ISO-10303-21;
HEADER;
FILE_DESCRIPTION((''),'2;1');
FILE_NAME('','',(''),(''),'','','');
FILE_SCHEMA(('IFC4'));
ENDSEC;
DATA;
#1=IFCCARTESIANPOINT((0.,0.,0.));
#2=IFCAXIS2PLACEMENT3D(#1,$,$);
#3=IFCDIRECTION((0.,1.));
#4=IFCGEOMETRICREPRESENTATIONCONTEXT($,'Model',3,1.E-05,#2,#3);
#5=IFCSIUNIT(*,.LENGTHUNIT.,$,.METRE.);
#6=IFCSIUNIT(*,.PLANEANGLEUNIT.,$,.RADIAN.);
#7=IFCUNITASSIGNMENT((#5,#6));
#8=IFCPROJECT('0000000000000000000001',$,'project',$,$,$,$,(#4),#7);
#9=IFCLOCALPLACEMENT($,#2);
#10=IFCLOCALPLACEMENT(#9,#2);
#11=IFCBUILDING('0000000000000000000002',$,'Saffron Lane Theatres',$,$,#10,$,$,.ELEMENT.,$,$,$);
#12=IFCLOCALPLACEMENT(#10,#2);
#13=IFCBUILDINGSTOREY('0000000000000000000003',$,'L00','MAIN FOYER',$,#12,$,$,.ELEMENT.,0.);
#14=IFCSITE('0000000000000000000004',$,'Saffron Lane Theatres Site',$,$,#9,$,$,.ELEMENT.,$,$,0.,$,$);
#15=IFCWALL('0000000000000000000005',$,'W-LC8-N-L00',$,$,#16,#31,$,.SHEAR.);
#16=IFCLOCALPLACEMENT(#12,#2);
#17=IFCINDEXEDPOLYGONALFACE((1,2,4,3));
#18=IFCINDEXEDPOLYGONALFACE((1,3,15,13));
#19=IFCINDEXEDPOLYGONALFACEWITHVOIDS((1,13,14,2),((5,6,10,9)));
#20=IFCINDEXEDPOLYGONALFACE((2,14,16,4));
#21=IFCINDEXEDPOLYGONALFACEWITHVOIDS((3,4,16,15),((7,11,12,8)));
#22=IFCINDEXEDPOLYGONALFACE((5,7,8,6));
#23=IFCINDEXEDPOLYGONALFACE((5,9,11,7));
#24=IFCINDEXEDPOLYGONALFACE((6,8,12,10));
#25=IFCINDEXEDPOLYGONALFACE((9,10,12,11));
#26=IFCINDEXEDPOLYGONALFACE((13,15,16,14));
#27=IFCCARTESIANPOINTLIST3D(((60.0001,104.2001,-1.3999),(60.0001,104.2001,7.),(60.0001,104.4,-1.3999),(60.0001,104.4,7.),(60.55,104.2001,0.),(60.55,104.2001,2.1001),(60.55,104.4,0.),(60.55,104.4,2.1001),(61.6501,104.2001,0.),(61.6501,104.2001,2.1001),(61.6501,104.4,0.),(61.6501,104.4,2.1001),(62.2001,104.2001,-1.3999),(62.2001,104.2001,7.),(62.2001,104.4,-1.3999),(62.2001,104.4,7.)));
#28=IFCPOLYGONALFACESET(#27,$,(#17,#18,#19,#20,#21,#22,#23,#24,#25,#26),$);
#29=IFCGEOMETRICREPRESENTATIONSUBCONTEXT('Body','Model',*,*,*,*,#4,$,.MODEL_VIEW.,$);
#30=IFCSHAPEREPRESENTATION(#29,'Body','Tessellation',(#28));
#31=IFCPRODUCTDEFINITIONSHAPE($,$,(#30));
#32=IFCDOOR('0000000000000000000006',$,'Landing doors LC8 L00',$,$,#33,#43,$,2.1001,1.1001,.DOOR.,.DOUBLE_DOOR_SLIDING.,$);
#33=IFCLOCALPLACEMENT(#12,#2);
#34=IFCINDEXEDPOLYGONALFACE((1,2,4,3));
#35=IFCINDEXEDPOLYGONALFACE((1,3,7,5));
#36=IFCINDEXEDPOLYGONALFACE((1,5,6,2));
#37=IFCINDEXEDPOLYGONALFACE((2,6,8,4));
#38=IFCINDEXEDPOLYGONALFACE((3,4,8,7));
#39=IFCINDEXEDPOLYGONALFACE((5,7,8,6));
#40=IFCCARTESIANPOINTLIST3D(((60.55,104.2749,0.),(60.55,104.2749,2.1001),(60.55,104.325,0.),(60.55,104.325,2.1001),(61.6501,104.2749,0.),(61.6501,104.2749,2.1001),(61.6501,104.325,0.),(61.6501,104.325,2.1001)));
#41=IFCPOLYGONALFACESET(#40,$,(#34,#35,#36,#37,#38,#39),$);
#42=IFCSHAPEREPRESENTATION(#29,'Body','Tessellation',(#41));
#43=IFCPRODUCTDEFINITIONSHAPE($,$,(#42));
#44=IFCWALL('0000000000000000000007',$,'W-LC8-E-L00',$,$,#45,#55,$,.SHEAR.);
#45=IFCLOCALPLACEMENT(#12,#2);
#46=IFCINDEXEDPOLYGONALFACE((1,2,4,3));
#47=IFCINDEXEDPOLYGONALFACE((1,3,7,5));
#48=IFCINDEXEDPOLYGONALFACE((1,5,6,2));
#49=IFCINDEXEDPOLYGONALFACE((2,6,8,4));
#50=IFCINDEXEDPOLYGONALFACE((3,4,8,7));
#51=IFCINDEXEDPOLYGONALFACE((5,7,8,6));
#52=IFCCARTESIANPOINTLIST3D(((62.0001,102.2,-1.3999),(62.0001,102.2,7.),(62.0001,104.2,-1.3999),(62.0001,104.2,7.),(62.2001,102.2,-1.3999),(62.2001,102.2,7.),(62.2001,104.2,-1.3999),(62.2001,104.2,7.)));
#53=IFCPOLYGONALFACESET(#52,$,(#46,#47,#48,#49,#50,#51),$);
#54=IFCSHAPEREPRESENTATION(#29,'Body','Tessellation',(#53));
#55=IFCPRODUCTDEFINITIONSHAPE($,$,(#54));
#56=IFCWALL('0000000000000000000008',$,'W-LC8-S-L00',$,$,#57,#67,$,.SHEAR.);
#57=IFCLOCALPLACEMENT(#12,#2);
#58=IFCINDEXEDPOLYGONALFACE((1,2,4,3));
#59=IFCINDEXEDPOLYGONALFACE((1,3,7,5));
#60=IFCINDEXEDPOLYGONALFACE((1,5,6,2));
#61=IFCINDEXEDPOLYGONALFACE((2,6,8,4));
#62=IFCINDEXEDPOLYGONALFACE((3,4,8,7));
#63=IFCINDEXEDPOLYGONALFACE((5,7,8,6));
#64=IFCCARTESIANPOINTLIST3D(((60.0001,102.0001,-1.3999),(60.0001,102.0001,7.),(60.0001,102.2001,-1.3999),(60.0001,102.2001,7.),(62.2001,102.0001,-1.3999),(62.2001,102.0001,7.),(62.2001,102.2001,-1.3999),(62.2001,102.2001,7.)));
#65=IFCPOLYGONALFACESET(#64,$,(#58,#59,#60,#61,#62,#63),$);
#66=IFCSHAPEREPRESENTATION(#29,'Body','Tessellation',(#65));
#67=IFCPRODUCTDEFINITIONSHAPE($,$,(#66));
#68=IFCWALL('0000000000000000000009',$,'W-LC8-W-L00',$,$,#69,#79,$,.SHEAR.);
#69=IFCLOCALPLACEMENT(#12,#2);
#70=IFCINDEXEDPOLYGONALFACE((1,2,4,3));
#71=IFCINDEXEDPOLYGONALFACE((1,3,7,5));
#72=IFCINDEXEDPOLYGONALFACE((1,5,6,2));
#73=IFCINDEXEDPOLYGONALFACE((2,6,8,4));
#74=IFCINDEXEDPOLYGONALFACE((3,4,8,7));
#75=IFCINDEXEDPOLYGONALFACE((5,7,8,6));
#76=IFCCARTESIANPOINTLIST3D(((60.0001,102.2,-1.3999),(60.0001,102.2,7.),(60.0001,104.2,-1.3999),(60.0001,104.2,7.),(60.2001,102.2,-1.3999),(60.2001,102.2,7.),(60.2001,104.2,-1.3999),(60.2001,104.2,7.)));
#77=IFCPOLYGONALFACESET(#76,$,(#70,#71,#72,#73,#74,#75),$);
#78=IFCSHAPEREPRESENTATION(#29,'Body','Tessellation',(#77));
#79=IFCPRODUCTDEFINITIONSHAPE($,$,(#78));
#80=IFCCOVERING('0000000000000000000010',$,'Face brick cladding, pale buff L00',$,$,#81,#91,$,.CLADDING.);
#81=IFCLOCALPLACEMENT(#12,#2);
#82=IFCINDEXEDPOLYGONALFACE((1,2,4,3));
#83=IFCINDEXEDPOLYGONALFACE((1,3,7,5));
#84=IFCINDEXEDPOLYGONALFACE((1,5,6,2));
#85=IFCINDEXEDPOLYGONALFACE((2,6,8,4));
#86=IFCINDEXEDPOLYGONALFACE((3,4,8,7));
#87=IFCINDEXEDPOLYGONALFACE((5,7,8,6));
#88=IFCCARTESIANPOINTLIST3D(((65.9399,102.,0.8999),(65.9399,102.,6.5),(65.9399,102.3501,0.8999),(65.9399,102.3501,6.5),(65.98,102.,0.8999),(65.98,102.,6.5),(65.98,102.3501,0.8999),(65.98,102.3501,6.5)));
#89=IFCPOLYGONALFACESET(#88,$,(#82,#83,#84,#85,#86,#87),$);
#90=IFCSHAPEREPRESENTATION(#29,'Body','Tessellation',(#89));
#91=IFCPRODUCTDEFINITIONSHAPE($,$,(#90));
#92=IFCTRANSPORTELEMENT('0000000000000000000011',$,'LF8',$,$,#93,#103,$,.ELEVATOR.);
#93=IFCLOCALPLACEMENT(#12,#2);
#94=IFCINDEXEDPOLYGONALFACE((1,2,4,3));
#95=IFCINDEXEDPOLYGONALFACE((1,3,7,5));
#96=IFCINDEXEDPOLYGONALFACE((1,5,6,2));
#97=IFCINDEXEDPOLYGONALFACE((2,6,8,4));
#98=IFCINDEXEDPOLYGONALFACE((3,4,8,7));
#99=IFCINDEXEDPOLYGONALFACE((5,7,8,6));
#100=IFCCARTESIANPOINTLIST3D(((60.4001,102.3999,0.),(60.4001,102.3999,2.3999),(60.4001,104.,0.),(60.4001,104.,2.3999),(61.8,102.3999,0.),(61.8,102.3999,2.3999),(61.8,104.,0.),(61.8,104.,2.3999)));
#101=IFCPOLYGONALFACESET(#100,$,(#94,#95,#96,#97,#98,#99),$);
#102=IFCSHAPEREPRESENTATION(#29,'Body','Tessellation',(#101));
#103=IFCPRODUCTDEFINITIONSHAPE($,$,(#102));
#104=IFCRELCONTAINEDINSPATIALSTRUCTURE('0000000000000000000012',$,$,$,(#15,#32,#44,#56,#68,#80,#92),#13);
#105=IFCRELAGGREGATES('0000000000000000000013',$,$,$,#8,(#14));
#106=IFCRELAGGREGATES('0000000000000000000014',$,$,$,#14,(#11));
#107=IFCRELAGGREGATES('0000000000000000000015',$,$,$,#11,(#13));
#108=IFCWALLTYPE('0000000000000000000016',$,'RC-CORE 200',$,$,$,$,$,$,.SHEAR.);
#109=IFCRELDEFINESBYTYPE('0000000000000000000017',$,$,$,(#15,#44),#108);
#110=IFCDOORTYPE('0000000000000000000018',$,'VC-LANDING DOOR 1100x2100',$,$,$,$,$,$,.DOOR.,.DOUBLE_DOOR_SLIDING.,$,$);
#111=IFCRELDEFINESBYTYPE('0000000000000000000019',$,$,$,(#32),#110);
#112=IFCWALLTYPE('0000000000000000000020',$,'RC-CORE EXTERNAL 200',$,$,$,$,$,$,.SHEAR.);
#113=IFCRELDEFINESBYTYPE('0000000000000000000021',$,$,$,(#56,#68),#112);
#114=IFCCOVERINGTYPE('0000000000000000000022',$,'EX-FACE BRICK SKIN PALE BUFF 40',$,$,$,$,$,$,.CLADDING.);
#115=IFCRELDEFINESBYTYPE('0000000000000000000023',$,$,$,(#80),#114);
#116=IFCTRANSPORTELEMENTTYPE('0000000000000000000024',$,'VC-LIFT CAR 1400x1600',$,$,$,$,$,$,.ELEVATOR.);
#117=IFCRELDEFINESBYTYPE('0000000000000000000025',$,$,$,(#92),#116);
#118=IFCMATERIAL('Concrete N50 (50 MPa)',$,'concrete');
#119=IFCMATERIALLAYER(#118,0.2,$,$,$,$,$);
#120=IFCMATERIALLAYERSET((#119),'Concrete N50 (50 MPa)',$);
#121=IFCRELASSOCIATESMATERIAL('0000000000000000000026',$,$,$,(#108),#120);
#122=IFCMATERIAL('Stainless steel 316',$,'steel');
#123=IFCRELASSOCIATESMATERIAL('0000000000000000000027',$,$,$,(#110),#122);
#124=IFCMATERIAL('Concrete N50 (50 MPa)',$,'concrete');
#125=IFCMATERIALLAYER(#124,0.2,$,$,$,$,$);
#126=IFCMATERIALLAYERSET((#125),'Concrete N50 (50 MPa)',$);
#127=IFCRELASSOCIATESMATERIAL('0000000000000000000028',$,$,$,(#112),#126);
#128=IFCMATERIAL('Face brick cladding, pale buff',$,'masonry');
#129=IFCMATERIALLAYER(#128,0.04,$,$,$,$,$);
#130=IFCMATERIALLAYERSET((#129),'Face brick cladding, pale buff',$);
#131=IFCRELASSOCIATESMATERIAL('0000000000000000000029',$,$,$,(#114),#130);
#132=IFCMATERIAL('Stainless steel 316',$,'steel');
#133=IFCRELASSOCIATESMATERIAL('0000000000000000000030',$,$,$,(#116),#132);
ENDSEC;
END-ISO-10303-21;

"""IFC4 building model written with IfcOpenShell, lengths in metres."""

from ifc_helpers import new_model, si_unit, direction, frame, frame_2d, origin, origin_2d, place, context, subcontext, project, spatial, rectangle, extrude, material, layer, layer_set, type_object, element, fill, save


model = new_model("IFC4")

# Units and contexts
model_context = context("Model", 3, precision=1e-05, world=origin(), true_north=direction((0.0, 1.0)))
body_context = subcontext(model_context, "Body", "Model", "MODEL_VIEW")
ifc_project = project(units=[si_unit("LENGTHUNIT", "METRE"), si_unit("PLANEANGLEUNIT", "RADIAN")], contexts=[model_context])

# Site, building, storey
site_placement = place(None, origin())
site = spatial("IfcSite", under=ifc_project, at=site_placement, Name="Saffron Lane Theatres Site", CompositionType="ELEMENT", RefElevation=0.0)
building_placement = place(site_placement, origin())
building = spatial("IfcBuilding", under=site, at=building_placement, Name="Saffron Lane Theatres", CompositionType="ELEMENT")
storey_placement = place(building_placement, origin())
storey = spatial("IfcBuildingStorey", under=building, at=storey_placement, Name="L00", Description="MAIN FOYER", CompositionType="ELEMENT", Elevation=0.0)

# Wall, opening, door
ifc_material_1 = material(Name="Concrete N50 (50 MPa)", Category="concrete")
ifc_layer_1 = layer(ifc_material_1, 0.2)
ifc_layer_set_1 = layer_set([ifc_layer_1], Name="Concrete N50 (50 MPa)")
wall_type_1 = type_object("IfcWallType", Name="RC-CORE 200", PredefinedType="SHEAR", material=ifc_layer_set_1)
wall_1_placement = place(storey_placement, frame((60.0, 104.3, -1.3999), z_axis=(0.0, 0.0, 1.0), x_axis=(1.0, 0.0, 0.0)))
wall_1 = element("IfcWall", 1, at=wall_1_placement, inside=storey, type_object=wall_type_1, Name="W-LC8-N-L00", PredefinedType="SHEAR", context=body_context, shape_type="SweptSolid", body=[
    extrude(rectangle(XDim=2.2, YDim=0.2, at=frame_2d((1.1001, 0.0))), origin(), (0.0, 0.0, 1.0), 8.3999),
])
opening_1_placement = place(wall_1_placement, frame((0.55, 0.0, 1.3999)))
opening_1 = element("IfcOpeningElement", 2, at=opening_1_placement, cuts=wall_1, PredefinedType="OPENING", context=body_context, shape_type="SweptSolid", body=[
    extrude(rectangle(XDim=1.1001, YDim=2.1001, at=frame_2d((0.55, 1.05))), frame((0.0, 0.1099, 0.0), z_axis=(0.0, -1.0, 0.0), x_axis=(1.0, 0.0, 0.0)), (0.0, 0.0, 1.0), 0.22),
])
ifc_material_2 = material(Name="Stainless steel 316", Category="steel")
door_type_1 = type_object("IfcDoorType", Name="VC-LANDING DOOR 1100x2100", OperationType="DOUBLE_DOOR_SLIDING", PredefinedType="DOOR", material=ifc_material_2)
door_1_placement = place(opening_1_placement, origin())
door_1 = element("IfcDoor", 3, at=door_1_placement, inside=storey, type_object=door_type_1, Name="Landing doors LC8 L00", OperationType="DOUBLE_DOOR_SLIDING", OverallHeight=2.1001, OverallWidth=1.1001, PredefinedType="DOOR", context=body_context, shape_type="SweptSolid", body=[
    extrude(rectangle(XDim=1.1001, YDim=2.1001, at=frame_2d((0.55, 1.05))), frame((0.0, 0.0249, 0.0), z_axis=(0.0, -1.0, 0.0), x_axis=(1.0, 0.0, 0.0)), (0.0, 0.0, 1.0), 0.05),
])
fill(opening_1, door_1)

# Walls
wall_2_placement = place(storey_placement, frame((62.1001, 102.2, -1.3999), z_axis=(0.0, 0.0, 1.0), x_axis=(0.0, 1.0, 0.0)))
element("IfcWall", 4, at=wall_2_placement, inside=storey, type_object=wall_type_1, Name="W-LC8-E-L00", PredefinedType="SHEAR", context=body_context, shape_type="SweptSolid", body=[
    extrude(rectangle(XDim=2.0, YDim=0.2, at=frame_2d((1.0, 0.0))), origin(), (0.0, 0.0, 1.0), 8.3999),
])
ifc_material_3 = material(Name="Concrete N50 (50 MPa)", Category="concrete")
ifc_layer_2 = layer(ifc_material_3, 0.2)
ifc_layer_set_2 = layer_set([ifc_layer_2], Name="Concrete N50 (50 MPa)")
wall_type_2 = type_object("IfcWallType", Name="RC-CORE EXTERNAL 200", PredefinedType="SHEAR", material=ifc_layer_set_2)
wall_3_placement = place(storey_placement, frame((60.0, 102.1001, -1.3999), z_axis=(0.0, 0.0, 1.0), x_axis=(1.0, 0.0, 0.0)))
element("IfcWall", 5, at=wall_3_placement, inside=storey, type_object=wall_type_2, Name="W-LC8-S-L00", PredefinedType="SHEAR", context=body_context, shape_type="SweptSolid", body=[
    extrude(rectangle(XDim=2.2, YDim=0.2, at=frame_2d((1.1001, 0.0))), origin(), (0.0, 0.0, 1.0), 8.3999),
])
wall_4_placement = place(storey_placement, frame((60.1001, 102.2, -1.3999), z_axis=(0.0, 0.0, 1.0), x_axis=(0.0, 1.0, 0.0)))
element("IfcWall", 6, at=wall_4_placement, inside=storey, type_object=wall_type_2, Name="W-LC8-W-L00", PredefinedType="SHEAR", context=body_context, shape_type="SweptSolid", body=[
    extrude(rectangle(XDim=2.0, YDim=0.2, at=frame_2d((1.0, 0.0))), origin(), (0.0, 0.0, 1.0), 8.3999),
])

# Covering
ifc_material_4 = material(Name="Face brick cladding, pale buff", Category="masonry")
ifc_layer_3 = layer(ifc_material_4, 0.04)
ifc_layer_set_3 = layer_set([ifc_layer_3], Name="Face brick cladding, pale buff")
covering_type = type_object("IfcCoveringType", Name="EX-FACE BRICK SKIN PALE BUFF 40", PredefinedType="CLADDING", material=ifc_layer_set_3)
covering_placement = place(storey_placement, frame((65.96, 102.175, 0.8999), z_axis=(0.0, 0.0, 1.0), x_axis=(0.0, 1.0, 0.0)))
element("IfcCovering", 7, at=covering_placement, inside=storey, type_object=covering_type, Name="Face brick cladding, pale buff L00", PredefinedType="CLADDING", context=body_context, shape_type="SweptSolid", body=[
    extrude(rectangle(XDim=0.3501, YDim=0.04, at=origin_2d()), origin(), (0.0, 0.0, 1.0), 5.6001),
])

# Transport element
ifc_material_5 = material(Name="Stainless steel 316", Category="steel")
transport_element_type = type_object("IfcTransportElementType", Name="VC-LIFT CAR 1400x1600", PredefinedType="ELEVATOR", material=ifc_material_5)
transport_element_placement = place(storey_placement, frame((61.1001, 103.2, 0.0), z_axis=(0.0, 0.0, 1.0), x_axis=(1.0, 0.0, 0.0)))
element("IfcTransportElement", 8, at=transport_element_placement, inside=storey, type_object=transport_element_type, Name="LF8", PredefinedType="ELEVATOR", context=body_context, shape_type="SweptSolid", body=[
    extrude(rectangle(XDim=1.3999, YDim=1.6001, at=origin_2d()), origin(), (0.0, 0.0, 1.0), 2.3999),
])

save(model, "model.ifc")
